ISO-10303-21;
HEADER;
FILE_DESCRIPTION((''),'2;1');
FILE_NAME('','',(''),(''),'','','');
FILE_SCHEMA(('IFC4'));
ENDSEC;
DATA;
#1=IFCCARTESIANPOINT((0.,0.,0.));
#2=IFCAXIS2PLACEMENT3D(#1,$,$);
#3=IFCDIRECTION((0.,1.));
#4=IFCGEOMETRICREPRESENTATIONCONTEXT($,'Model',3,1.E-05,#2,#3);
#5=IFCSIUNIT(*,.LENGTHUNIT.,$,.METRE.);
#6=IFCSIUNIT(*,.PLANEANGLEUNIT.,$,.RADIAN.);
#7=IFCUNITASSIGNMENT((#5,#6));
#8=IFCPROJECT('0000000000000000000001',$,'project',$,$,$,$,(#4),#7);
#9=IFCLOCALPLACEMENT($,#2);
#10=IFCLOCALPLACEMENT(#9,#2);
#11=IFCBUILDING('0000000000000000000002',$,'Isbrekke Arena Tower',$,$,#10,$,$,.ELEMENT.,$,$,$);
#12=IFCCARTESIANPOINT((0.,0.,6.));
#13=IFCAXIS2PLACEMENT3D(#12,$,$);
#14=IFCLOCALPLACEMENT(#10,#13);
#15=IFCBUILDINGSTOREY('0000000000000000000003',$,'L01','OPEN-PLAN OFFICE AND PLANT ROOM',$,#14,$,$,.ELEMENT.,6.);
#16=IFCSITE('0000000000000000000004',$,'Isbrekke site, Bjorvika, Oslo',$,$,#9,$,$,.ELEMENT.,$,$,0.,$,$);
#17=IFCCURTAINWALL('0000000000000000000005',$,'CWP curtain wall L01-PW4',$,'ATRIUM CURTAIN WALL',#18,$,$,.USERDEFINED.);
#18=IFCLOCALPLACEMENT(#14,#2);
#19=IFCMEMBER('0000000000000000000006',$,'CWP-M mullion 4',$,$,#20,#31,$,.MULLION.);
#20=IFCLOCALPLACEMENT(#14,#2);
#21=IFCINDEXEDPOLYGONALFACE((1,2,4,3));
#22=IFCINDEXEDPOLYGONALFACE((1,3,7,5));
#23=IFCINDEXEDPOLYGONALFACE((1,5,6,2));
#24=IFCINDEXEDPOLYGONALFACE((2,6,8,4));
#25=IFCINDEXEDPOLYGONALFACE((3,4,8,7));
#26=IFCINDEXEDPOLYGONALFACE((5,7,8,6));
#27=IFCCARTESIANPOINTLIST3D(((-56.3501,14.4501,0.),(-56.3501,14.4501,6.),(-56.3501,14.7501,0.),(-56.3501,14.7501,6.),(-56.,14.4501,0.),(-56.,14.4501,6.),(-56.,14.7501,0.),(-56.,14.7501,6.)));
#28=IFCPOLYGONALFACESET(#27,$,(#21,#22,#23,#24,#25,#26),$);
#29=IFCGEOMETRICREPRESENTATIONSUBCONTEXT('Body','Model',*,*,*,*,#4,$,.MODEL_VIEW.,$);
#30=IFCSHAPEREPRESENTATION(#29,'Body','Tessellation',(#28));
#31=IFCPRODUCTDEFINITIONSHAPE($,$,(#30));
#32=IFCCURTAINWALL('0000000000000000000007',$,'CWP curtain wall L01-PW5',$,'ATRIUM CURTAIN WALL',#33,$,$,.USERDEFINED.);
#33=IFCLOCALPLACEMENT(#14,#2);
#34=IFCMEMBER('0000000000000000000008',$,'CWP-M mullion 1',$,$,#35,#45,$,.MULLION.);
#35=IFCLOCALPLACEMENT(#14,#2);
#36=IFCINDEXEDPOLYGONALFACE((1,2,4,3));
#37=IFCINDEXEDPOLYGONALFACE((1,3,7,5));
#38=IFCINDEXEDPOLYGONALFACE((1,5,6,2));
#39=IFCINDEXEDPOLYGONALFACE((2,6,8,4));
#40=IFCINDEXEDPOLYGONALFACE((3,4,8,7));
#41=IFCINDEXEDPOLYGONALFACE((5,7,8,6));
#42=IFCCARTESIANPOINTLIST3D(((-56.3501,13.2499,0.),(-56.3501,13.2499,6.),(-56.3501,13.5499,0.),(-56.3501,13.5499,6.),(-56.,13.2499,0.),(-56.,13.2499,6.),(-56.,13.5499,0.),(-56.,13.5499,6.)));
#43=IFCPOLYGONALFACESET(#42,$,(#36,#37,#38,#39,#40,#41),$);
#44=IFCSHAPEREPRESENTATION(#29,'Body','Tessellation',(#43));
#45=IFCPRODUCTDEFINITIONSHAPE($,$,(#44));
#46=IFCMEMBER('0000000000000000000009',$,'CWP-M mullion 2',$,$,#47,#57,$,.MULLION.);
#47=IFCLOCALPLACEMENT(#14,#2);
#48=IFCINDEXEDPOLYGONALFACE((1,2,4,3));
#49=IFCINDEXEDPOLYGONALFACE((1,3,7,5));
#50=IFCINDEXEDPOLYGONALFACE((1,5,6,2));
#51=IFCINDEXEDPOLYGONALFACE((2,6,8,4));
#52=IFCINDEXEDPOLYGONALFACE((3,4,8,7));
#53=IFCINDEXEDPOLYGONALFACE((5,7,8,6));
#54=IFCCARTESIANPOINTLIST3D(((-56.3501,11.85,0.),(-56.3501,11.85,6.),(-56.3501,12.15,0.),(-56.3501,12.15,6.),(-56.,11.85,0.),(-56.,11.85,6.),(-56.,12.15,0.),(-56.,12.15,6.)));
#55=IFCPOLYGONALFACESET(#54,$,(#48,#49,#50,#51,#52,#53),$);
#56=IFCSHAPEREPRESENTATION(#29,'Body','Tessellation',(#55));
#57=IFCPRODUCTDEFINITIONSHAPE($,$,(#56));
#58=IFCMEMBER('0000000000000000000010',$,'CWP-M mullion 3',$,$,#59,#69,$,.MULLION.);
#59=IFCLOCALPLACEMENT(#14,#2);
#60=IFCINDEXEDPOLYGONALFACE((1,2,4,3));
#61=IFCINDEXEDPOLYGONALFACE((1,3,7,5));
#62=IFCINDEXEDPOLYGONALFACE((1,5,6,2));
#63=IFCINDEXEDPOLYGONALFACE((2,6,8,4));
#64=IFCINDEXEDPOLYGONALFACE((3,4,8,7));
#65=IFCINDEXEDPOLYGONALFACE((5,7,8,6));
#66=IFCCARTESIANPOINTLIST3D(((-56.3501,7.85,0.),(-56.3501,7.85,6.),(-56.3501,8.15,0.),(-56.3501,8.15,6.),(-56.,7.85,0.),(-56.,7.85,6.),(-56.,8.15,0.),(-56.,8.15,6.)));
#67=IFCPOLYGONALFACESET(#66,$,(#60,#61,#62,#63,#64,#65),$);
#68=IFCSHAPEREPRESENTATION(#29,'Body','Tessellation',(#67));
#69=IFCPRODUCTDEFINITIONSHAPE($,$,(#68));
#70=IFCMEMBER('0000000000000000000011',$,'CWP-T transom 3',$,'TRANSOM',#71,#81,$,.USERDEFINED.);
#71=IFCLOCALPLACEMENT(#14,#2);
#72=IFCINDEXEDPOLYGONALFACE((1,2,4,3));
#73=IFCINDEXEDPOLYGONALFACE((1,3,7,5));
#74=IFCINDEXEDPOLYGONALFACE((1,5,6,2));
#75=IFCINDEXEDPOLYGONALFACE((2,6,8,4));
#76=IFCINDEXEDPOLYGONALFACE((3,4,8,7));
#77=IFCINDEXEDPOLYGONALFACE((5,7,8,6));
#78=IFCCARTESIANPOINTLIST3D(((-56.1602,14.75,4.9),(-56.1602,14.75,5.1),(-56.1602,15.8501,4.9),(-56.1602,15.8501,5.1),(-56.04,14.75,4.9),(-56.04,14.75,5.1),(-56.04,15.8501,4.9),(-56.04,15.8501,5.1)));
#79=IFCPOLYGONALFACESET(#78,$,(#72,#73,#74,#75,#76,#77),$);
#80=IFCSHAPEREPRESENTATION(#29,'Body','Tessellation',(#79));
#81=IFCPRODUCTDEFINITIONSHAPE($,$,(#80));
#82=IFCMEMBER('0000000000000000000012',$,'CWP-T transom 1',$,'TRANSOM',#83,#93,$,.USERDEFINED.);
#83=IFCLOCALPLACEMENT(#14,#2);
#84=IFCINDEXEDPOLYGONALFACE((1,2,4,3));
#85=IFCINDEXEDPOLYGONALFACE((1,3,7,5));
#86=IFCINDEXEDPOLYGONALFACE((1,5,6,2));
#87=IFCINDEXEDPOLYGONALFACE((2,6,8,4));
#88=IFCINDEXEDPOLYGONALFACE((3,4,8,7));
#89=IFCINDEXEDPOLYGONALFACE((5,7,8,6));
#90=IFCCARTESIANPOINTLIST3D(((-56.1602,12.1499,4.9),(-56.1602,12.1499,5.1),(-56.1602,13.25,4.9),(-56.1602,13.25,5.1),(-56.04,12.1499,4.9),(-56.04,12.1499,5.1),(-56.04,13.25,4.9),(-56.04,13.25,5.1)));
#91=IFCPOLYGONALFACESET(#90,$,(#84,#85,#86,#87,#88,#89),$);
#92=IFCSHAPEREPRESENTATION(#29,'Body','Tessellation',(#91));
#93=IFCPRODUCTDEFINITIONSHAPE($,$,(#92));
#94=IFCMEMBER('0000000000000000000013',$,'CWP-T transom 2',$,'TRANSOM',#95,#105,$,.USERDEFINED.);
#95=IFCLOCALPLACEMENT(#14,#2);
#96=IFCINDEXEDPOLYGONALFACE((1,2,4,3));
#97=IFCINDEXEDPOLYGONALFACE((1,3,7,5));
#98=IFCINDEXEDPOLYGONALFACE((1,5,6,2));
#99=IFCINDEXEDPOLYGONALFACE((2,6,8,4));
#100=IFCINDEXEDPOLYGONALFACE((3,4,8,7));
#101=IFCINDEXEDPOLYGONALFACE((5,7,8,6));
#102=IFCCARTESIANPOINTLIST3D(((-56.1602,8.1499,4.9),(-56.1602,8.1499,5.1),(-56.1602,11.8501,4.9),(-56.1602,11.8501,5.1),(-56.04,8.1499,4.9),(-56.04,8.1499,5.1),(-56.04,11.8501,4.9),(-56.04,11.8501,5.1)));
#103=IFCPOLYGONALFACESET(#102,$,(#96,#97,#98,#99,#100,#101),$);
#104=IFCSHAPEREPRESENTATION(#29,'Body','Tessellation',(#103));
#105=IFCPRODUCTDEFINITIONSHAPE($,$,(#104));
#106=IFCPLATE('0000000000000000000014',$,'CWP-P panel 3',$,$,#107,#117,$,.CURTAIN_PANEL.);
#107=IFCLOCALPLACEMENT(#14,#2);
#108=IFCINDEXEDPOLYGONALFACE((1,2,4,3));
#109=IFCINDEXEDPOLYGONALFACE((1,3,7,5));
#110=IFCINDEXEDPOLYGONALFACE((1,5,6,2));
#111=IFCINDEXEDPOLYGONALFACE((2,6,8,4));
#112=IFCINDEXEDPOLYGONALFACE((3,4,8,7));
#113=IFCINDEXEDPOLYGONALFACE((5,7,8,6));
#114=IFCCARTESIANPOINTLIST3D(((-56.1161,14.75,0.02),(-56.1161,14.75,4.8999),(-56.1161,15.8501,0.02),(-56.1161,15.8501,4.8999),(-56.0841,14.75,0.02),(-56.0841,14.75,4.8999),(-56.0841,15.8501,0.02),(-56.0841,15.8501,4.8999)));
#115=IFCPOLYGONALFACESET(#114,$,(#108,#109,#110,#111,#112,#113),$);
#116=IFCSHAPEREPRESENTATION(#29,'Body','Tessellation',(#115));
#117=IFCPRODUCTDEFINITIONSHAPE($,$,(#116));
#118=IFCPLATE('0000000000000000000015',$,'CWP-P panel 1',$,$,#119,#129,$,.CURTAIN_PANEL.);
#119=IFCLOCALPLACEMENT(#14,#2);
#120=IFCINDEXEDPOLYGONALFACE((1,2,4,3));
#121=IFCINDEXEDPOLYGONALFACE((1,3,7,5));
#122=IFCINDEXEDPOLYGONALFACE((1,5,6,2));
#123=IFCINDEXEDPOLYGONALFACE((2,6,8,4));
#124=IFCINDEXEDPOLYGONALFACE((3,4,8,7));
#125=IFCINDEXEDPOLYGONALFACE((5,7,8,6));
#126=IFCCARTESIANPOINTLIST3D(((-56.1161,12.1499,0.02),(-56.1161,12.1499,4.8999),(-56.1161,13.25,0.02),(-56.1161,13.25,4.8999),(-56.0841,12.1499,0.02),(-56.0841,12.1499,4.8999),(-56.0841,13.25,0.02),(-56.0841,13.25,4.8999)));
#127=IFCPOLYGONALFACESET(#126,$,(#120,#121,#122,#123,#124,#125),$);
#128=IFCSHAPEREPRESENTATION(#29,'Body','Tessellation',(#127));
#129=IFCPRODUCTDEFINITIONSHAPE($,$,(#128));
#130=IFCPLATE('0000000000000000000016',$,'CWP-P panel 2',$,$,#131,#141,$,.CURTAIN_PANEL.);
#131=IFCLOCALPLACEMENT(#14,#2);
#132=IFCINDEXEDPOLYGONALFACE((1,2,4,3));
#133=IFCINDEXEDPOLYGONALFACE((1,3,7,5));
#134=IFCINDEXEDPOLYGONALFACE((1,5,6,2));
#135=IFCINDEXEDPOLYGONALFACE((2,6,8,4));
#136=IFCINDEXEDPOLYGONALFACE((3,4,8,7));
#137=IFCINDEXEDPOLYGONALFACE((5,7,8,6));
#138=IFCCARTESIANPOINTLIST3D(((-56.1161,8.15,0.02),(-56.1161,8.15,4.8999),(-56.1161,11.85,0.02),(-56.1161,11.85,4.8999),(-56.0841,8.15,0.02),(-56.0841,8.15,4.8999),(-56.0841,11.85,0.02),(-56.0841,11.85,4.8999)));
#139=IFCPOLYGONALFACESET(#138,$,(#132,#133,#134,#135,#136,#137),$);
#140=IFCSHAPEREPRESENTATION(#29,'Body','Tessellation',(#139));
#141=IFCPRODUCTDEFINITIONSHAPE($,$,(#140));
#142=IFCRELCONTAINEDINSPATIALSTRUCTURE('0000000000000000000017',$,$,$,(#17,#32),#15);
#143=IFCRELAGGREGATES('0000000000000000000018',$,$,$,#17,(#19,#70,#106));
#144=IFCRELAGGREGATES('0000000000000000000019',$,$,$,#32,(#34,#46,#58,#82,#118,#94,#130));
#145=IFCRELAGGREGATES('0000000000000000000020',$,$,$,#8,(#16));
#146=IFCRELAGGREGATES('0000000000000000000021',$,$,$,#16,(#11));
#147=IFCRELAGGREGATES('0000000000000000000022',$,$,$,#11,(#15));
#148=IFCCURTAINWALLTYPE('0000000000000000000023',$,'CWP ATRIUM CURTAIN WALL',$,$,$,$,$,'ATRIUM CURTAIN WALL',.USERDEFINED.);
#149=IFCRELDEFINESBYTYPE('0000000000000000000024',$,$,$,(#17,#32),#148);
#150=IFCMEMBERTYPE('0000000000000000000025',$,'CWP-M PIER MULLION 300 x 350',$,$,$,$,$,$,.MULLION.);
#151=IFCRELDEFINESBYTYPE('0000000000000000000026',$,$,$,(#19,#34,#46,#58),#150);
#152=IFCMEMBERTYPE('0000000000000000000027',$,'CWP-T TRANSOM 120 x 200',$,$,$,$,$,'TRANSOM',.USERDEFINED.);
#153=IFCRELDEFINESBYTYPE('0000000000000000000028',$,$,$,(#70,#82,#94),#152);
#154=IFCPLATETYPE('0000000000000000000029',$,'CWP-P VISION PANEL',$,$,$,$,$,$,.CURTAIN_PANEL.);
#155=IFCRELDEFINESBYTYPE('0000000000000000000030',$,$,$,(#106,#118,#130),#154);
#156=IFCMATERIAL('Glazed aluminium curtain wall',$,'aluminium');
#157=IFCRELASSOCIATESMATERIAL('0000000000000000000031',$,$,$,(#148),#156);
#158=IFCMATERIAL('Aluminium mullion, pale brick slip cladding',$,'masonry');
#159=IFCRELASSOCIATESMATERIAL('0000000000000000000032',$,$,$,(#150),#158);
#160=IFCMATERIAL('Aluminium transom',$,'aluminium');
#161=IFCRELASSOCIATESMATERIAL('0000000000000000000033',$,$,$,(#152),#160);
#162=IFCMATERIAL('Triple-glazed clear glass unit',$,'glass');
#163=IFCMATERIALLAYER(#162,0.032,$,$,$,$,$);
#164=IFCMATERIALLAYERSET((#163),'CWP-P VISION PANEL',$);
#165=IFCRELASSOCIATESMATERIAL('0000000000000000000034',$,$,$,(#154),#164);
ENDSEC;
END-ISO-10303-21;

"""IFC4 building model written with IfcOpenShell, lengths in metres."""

from ifc_helpers import new_model, si_unit, direction, frame, origin, origin_2d, place, context, subcontext, project, spatial, rectangle, extrude, material, layer, layer_set, material_profile, profile_set, type_object, element, aggregate, save


model = new_model("IFC4")

# Units and contexts
model_context = context("Model", 3, precision=1e-05, world=origin(), true_north=direction((0.0, 1.0)))
body_context = subcontext(model_context, "Body", "Model", "MODEL_VIEW")
ifc_project = project(units=[si_unit("LENGTHUNIT", "METRE"), si_unit("PLANEANGLEUNIT", "RADIAN")], contexts=[model_context])

# Site, building, storey
site_placement = place(None, origin())
site = spatial("IfcSite", under=ifc_project, at=site_placement, Name="Isbrekke site, Bjorvika, Oslo", CompositionType="ELEMENT", RefElevation=0.0)
building_placement = place(site_placement, origin())
building = spatial("IfcBuilding", under=site, at=building_placement, Name="Isbrekke Arena Tower", CompositionType="ELEMENT")
storey_placement = place(building_placement, frame((0.0, 0.0, 6.0)))
storey = spatial("IfcBuildingStorey", under=building, at=storey_placement, Name="L01", Description="OPEN-PLAN OFFICE AND PLANT ROOM", CompositionType="ELEMENT", Elevation=6.0)

# Curtain wall, member
ifc_material_1 = material(Name="Glazed aluminium curtain wall", Category="aluminium")
curtain_wall_type = type_object("IfcCurtainWallType", Name="CWP ATRIUM CURTAIN WALL", ElementType="ATRIUM CURTAIN WALL", PredefinedType="USERDEFINED", material=ifc_material_1)
curtain_wall_1_placement = place(storey_placement, origin())
curtain_wall_1 = element("IfcCurtainWall", 1, at=curtain_wall_1_placement, inside=storey, type_object=curtain_wall_type, Name="CWP curtain wall L01-PW4", ObjectType="ATRIUM CURTAIN WALL", PredefinedType="USERDEFINED")
ifc_material_2 = material(Name="Aluminium mullion, pale brick slip cladding", Category="masonry")
ifc_material_profile_1 = material_profile(ifc_material_2, rectangle(XDim=0.3, YDim=0.3501, at=origin_2d()), Name="PIER 300X350")
ifc_profile_set_1 = profile_set([ifc_material_profile_1], Name="Aluminium mullion, pale brick slip cladding")
member_type_1 = type_object("IfcMemberType", Name="CWP-M PIER MULLION 300 x 350", PredefinedType="MULLION", material=ifc_profile_set_1)
member_1_placement = place(storey_placement, frame((-56.175, 14.6001, 0.0), z_axis=(0.0, 0.0, 1.0), x_axis=(0.0, -1.0, 0.0)))
member_1 = element("IfcMember", 2, at=member_1_placement, type_object=member_type_1, Name="CWP-M mullion 4", PredefinedType="MULLION", context=body_context, shape_type="SweptSolid", body=[
    extrude(rectangle(XDim=0.3, YDim=0.3501, at=origin_2d()), origin(), (0.0, 0.0, 1.0), 6.0),
])

# Curtain wall, members
curtain_wall_2_placement = place(storey_placement, origin())
curtain_wall_2 = element("IfcCurtainWall", 3, at=curtain_wall_2_placement, inside=storey, type_object=curtain_wall_type, Name="CWP curtain wall L01-PW5", ObjectType="ATRIUM CURTAIN WALL", PredefinedType="USERDEFINED")
member_2_placement = place(storey_placement, frame((-56.175, 13.3999, 0.0), z_axis=(0.0, 0.0, 1.0), x_axis=(0.0, -1.0, 0.0)))
member_2 = element("IfcMember", 4, at=member_2_placement, type_object=member_type_1, Name="CWP-M mullion 1", PredefinedType="MULLION", context=body_context, shape_type="SweptSolid", body=[
    extrude(rectangle(XDim=0.3, YDim=0.3501, at=origin_2d()), origin(), (0.0, 0.0, 1.0), 6.0),
])
member_3_placement = place(storey_placement, frame((-56.175, 12.0, 0.0), z_axis=(0.0, 0.0, 1.0), x_axis=(0.0, -1.0, 0.0)))
member_3 = element("IfcMember", 5, at=member_3_placement, type_object=member_type_1, Name="CWP-M mullion 2", PredefinedType="MULLION", context=body_context, shape_type="SweptSolid", body=[
    extrude(rectangle(XDim=0.3, YDim=0.3501, at=origin_2d()), origin(), (0.0, 0.0, 1.0), 6.0),
])
member_4_placement = place(storey_placement, frame((-56.175, 8.0, 0.0), z_axis=(0.0, 0.0, 1.0), x_axis=(0.0, -1.0, 0.0)))
member_4 = element("IfcMember", 6, at=member_4_placement, type_object=member_type_1, Name="CWP-M mullion 3", PredefinedType="MULLION", context=body_context, shape_type="SweptSolid", body=[
    extrude(rectangle(XDim=0.3, YDim=0.3501, at=origin_2d()), origin(), (0.0, 0.0, 1.0), 6.0),
])

# Members
ifc_material_3 = material(Name="Aluminium transom", Category="aluminium")
ifc_material_profile_2 = material_profile(ifc_material_3, rectangle(XDim=0.1201, YDim=0.2, at=origin_2d()), Name="TRANSOM 120X200")
ifc_profile_set_2 = profile_set([ifc_material_profile_2], Name="Aluminium transom")
member_type_2 = type_object("IfcMemberType", Name="CWP-T TRANSOM 120 x 200", ElementType="TRANSOM", PredefinedType="USERDEFINED", material=ifc_profile_set_2)
member_5_placement = place(storey_placement, frame((-56.1001, 15.8501, 5.0), z_axis=(0.0, -1.0, 0.0), x_axis=(1.0, 0.0, 0.0)))
member_5 = element("IfcMember", 7, at=member_5_placement, type_object=member_type_2, Name="CWP-T transom 3", ObjectType="TRANSOM", PredefinedType="USERDEFINED", context=body_context, shape_type="SweptSolid", body=[
    extrude(rectangle(XDim=0.1201, YDim=0.2, at=origin_2d()), origin(), (0.0, 0.0, 1.0), 1.1001),
])
member_6_placement = place(storey_placement, frame((-56.1001, 13.25, 5.0), z_axis=(0.0, -1.0, 0.0), x_axis=(1.0, 0.0, 0.0)))
member_6 = element("IfcMember", 8, at=member_6_placement, type_object=member_type_2, Name="CWP-T transom 1", ObjectType="TRANSOM", PredefinedType="USERDEFINED", context=body_context, shape_type="SweptSolid", body=[
    extrude(rectangle(XDim=0.1201, YDim=0.2, at=origin_2d()), origin(), (0.0, 0.0, 1.0), 1.1001),
])
member_7_placement = place(storey_placement, frame((-56.1001, 11.8501, 5.0), z_axis=(0.0, -1.0, 0.0), x_axis=(1.0, 0.0, 0.0)))
member_7 = element("IfcMember", 9, at=member_7_placement, type_object=member_type_2, Name="CWP-T transom 2", ObjectType="TRANSOM", PredefinedType="USERDEFINED", context=body_context, shape_type="SweptSolid", body=[
    extrude(rectangle(XDim=0.1201, YDim=0.2, at=origin_2d()), origin(), (0.0, 0.0, 1.0), 3.7002),
])

# Plates
ifc_material_4 = material(Name="Triple-glazed clear glass unit", Category="glass")
ifc_layer = layer(ifc_material_4, 0.032)
ifc_layer_set = layer_set([ifc_layer], Name="CWP-P VISION PANEL")
plate_type = type_object("IfcPlateType", Name="CWP-P VISION PANEL", PredefinedType="CURTAIN_PANEL", material=ifc_layer_set)
plate_1_placement = place(storey_placement, frame((-56.1001, 15.3, 0.02), z_axis=(0.0, 0.0, 1.0), x_axis=(0.0, -1.0, 0.0)))
plate_1 = element("IfcPlate", 10, at=plate_1_placement, type_object=plate_type, Name="CWP-P panel 3", PredefinedType="CURTAIN_PANEL", context=body_context, shape_type="SweptSolid", body=[
    extrude(rectangle(XDim=1.1001, YDim=0.032, at=origin_2d()), origin(), (0.0, 0.0, 1.0), 4.8799),
])
aggregate(curtain_wall_1, [member_1, member_5, plate_1])
plate_2_placement = place(storey_placement, frame((-56.1001, 12.7, 0.02), z_axis=(0.0, 0.0, 1.0), x_axis=(0.0, -1.0, 0.0)))
plate_2 = element("IfcPlate", 11, at=plate_2_placement, type_object=plate_type, Name="CWP-P panel 1", PredefinedType="CURTAIN_PANEL", context=body_context, shape_type="SweptSolid", body=[
    extrude(rectangle(XDim=1.1001, YDim=0.032, at=origin_2d()), origin(), (0.0, 0.0, 1.0), 4.8799),
])
plate_3_placement = place(storey_placement, frame((-56.1001, 10.0, 0.02), z_axis=(0.0, 0.0, 1.0), x_axis=(0.0, -1.0, 0.0)))
plate_3 = element("IfcPlate", 12, at=plate_3_placement, type_object=plate_type, Name="CWP-P panel 2", PredefinedType="CURTAIN_PANEL", context=body_context, shape_type="SweptSolid", body=[
    extrude(rectangle(XDim=3.7, YDim=0.032, at=origin_2d()), origin(), (0.0, 0.0, 1.0), 4.8799),
])
aggregate(curtain_wall_2, [member_2, member_3, member_4, member_6, plate_2, member_7, plate_3])

save(model, "model.ifc")
